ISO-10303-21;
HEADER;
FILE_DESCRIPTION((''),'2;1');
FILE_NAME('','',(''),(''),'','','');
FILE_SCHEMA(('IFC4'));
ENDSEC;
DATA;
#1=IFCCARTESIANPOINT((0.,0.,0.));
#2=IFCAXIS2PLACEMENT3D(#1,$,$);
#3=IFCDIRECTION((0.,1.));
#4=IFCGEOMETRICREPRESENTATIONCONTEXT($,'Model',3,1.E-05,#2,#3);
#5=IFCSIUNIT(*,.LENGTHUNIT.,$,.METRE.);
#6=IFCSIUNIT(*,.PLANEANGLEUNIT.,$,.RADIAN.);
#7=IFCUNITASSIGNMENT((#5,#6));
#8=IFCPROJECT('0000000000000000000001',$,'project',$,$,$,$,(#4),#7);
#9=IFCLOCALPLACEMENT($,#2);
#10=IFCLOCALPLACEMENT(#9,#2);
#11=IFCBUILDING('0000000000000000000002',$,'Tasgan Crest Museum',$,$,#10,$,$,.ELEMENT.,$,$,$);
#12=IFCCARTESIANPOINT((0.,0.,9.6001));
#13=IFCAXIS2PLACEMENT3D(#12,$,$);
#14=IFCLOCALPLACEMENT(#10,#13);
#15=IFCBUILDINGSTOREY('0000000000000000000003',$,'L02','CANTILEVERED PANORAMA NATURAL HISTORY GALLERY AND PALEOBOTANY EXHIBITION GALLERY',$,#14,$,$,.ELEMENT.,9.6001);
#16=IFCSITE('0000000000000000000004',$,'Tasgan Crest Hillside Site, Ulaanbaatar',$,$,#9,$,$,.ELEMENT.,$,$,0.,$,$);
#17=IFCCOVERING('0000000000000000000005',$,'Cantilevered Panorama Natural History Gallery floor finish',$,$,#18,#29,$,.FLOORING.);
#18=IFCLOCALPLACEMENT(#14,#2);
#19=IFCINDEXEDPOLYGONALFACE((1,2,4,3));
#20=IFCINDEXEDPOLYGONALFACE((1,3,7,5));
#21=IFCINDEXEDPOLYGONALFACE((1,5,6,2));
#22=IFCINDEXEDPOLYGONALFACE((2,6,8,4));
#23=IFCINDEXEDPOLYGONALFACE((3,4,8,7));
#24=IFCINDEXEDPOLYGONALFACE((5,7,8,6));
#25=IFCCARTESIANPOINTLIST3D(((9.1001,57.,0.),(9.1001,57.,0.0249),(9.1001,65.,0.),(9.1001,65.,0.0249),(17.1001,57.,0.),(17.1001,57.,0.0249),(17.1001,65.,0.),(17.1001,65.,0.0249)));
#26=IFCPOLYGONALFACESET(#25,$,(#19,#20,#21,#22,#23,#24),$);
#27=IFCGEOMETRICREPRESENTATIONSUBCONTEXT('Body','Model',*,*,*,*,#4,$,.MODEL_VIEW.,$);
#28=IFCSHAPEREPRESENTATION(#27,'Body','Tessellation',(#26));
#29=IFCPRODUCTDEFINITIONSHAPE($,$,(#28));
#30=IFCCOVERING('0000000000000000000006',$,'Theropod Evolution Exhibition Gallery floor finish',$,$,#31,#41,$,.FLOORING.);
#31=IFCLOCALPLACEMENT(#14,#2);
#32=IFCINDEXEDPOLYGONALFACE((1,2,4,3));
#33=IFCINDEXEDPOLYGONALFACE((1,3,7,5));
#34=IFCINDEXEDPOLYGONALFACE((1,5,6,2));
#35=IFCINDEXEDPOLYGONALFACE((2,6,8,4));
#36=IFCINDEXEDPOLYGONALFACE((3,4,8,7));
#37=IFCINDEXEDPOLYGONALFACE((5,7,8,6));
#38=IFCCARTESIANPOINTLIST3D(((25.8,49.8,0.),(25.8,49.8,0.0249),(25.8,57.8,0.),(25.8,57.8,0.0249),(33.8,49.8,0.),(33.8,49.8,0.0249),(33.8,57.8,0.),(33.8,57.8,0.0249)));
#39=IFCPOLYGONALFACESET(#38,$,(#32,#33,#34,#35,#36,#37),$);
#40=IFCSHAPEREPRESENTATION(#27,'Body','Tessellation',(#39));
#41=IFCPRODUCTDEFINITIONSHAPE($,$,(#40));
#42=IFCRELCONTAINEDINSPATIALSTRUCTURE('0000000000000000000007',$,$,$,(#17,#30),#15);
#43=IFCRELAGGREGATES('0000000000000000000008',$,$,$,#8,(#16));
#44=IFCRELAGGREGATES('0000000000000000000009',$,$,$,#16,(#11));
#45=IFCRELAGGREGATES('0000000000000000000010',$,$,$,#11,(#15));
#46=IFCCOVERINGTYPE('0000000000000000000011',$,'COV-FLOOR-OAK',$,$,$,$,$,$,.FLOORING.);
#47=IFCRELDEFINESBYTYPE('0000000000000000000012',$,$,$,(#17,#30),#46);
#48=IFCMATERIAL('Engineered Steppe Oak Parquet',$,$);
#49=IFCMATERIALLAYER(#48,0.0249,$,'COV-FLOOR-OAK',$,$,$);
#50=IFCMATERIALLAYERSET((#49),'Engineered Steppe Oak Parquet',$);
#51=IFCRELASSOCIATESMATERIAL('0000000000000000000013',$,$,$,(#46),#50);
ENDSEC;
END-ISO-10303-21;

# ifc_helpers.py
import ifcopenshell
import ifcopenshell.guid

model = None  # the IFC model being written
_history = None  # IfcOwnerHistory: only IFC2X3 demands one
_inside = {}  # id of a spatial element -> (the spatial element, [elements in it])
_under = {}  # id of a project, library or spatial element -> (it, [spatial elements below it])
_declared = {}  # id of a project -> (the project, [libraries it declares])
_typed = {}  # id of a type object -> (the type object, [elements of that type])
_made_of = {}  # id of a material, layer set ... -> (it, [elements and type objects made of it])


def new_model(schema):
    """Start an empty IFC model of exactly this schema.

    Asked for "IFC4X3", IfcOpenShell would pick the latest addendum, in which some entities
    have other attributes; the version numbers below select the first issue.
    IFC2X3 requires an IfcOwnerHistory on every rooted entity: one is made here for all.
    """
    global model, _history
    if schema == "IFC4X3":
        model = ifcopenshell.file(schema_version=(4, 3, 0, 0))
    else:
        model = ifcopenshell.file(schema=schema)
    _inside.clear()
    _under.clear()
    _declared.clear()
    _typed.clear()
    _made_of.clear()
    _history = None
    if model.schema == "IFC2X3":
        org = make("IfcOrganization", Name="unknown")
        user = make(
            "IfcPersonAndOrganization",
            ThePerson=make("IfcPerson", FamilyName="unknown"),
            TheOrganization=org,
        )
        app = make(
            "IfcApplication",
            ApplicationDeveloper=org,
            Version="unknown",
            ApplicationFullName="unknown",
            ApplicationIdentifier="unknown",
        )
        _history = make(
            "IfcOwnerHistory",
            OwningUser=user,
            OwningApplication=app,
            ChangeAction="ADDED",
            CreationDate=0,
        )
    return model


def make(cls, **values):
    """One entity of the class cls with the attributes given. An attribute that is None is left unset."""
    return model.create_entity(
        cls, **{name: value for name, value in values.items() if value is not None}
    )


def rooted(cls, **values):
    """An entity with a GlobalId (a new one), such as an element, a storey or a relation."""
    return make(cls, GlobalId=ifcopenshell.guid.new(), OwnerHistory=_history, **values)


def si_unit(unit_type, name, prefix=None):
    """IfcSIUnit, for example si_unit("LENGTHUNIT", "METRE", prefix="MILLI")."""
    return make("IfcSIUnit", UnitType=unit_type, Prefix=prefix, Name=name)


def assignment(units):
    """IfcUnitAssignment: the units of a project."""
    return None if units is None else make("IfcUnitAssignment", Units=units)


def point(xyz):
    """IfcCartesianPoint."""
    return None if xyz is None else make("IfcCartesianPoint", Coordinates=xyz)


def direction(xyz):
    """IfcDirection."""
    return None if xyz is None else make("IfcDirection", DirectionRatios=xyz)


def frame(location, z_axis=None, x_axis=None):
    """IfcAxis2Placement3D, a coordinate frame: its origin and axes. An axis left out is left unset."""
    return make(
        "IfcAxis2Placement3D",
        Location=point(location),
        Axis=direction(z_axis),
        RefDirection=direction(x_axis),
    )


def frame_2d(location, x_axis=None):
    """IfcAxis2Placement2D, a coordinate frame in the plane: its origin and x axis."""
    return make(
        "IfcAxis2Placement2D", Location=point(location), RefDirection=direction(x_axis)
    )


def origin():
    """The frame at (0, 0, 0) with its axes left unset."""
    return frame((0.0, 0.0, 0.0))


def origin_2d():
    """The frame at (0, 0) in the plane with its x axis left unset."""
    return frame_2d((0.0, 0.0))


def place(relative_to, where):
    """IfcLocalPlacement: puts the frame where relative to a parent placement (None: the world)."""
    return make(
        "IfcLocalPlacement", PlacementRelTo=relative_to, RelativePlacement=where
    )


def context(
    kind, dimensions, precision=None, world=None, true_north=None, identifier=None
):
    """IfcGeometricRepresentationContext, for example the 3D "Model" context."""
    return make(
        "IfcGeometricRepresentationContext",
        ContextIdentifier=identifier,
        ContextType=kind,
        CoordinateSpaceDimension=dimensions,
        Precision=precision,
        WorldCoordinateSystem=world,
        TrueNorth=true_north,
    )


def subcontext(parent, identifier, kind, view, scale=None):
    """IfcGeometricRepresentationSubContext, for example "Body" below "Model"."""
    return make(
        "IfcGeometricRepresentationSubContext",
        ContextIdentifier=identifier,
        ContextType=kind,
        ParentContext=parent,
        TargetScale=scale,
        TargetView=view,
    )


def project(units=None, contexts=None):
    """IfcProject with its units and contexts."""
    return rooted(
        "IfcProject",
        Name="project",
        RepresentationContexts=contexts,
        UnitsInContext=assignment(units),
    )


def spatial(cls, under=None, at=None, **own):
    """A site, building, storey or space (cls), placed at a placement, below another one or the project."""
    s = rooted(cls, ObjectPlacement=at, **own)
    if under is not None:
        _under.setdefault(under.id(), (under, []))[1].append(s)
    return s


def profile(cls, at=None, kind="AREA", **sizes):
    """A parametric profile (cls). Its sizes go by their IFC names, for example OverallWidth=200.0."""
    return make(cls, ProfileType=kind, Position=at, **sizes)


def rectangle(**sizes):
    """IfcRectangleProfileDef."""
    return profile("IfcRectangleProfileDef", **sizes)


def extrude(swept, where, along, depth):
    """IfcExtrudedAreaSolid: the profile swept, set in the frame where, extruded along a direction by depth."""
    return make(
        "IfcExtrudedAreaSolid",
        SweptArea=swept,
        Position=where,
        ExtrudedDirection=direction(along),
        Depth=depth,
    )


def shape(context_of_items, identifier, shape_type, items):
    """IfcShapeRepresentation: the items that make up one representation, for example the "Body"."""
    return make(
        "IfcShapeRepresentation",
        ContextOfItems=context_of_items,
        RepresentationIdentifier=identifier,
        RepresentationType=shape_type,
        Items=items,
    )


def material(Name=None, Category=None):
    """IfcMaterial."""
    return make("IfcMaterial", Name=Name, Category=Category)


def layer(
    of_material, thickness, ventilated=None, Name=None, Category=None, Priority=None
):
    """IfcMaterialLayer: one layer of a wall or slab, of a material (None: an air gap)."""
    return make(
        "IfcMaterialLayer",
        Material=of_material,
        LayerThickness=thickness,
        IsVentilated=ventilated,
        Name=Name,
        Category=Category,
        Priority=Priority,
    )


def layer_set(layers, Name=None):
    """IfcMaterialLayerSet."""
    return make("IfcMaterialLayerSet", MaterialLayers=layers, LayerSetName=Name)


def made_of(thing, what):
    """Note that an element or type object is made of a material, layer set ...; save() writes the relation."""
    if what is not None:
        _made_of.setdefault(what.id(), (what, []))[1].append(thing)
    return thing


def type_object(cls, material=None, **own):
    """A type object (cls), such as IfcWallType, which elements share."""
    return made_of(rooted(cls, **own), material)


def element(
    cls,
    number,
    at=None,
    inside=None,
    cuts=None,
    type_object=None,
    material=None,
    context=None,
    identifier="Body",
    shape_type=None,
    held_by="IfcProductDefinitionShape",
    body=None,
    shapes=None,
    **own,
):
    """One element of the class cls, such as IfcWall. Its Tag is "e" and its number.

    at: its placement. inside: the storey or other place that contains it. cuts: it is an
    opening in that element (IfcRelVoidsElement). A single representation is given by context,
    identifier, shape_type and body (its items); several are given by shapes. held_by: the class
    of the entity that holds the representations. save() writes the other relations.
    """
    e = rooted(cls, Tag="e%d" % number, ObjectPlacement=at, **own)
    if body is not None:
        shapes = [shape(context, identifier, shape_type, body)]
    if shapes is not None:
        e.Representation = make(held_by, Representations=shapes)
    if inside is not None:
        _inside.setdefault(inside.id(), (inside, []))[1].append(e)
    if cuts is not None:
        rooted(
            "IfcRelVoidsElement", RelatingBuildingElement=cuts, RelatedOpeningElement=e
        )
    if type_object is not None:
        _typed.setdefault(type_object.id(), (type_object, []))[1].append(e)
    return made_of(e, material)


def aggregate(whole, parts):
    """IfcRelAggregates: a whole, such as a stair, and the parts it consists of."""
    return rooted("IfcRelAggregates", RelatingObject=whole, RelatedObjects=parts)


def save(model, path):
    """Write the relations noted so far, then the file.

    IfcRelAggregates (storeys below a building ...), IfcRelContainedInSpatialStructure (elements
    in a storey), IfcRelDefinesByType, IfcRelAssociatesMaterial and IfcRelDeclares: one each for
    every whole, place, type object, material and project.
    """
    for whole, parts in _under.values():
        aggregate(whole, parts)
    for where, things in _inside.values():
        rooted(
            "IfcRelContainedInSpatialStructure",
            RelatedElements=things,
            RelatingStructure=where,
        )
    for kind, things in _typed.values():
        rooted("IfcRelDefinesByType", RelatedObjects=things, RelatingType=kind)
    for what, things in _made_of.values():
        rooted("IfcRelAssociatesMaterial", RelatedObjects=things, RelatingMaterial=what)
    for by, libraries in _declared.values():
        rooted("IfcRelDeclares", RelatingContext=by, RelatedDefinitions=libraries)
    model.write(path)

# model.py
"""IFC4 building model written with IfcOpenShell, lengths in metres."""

from ifc_helpers import new_model, si_unit, direction, frame, origin, origin_2d, place, context, subcontext, project, spatial, rectangle, extrude, material, layer, layer_set, type_object, element, save


model = new_model("IFC4")

# Units and contexts
model_context = context("Model", 3, precision=1e-05, world=origin(), true_north=direction((0.0, 1.0)))
body_context = subcontext(model_context, "Body", "Model", "MODEL_VIEW")
ifc_project = project(units=[si_unit("LENGTHUNIT", "METRE"), si_unit("PLANEANGLEUNIT", "RADIAN")], contexts=[model_context])

# Site, building, storey
site_placement = place(None, origin())
site = spatial("IfcSite", under=ifc_project, at=site_placement, Name="Tasgan Crest Hillside Site, Ulaanbaatar", CompositionType="ELEMENT", RefElevation=0.0)
building_placement = place(site_placement, origin())
building = spatial("IfcBuilding", under=site, at=building_placement, Name="Tasgan Crest Museum", CompositionType="ELEMENT")
storey_placement = place(building_placement, frame((0.0, 0.0, 9.6001)))
storey = spatial("IfcBuildingStorey", under=building, at=storey_placement, Name="L02", Description="CANTILEVERED PANORAMA NATURAL HISTORY GALLERY AND PALEOBOTANY EXHIBITION GALLERY", CompositionType="ELEMENT", Elevation=9.6001)

# Coverings
ifc_material_1 = material(Name="Engineered Steppe Oak Parquet")
ifc_layer_1 = layer(ifc_material_1, 0.0249, Name="COV-FLOOR-OAK")
ifc_layer_set_1 = layer_set([ifc_layer_1], Name="Engineered Steppe Oak Parquet")
covering_type_1 = type_object("IfcCoveringType", Name="COV-FLOOR-OAK", PredefinedType="FLOORING", material=ifc_layer_set_1)
for number, where, z_axis, x_axis, name in (
    (1, (13.1001, 61.0, 0.0), (0.0, 0.0, 1.0), (1.0, 0.0, 0.0), "Cantilevered Panorama Natural History Gallery floor finish"),
    (2, (29.8, 53.8, 0.0), (0.0, 0.0, 1.0), (1.0, 0.0, 0.0), "Theropod Evolution Exhibition Gallery floor finish"),
):
    element("IfcCovering", number, at=place(storey_placement, frame(where, z_axis=z_axis, x_axis=x_axis)), inside=storey, type_object=covering_type_1, Name=name, PredefinedType="FLOORING", context=body_context, shape_type="SweptSolid", body=[
        extrude(rectangle(XDim=8.0, YDim=8.0, at=origin_2d()), origin(), (0.0, 0.0, 1.0), 0.0249),
    ])

save(model, "model.ifc")
